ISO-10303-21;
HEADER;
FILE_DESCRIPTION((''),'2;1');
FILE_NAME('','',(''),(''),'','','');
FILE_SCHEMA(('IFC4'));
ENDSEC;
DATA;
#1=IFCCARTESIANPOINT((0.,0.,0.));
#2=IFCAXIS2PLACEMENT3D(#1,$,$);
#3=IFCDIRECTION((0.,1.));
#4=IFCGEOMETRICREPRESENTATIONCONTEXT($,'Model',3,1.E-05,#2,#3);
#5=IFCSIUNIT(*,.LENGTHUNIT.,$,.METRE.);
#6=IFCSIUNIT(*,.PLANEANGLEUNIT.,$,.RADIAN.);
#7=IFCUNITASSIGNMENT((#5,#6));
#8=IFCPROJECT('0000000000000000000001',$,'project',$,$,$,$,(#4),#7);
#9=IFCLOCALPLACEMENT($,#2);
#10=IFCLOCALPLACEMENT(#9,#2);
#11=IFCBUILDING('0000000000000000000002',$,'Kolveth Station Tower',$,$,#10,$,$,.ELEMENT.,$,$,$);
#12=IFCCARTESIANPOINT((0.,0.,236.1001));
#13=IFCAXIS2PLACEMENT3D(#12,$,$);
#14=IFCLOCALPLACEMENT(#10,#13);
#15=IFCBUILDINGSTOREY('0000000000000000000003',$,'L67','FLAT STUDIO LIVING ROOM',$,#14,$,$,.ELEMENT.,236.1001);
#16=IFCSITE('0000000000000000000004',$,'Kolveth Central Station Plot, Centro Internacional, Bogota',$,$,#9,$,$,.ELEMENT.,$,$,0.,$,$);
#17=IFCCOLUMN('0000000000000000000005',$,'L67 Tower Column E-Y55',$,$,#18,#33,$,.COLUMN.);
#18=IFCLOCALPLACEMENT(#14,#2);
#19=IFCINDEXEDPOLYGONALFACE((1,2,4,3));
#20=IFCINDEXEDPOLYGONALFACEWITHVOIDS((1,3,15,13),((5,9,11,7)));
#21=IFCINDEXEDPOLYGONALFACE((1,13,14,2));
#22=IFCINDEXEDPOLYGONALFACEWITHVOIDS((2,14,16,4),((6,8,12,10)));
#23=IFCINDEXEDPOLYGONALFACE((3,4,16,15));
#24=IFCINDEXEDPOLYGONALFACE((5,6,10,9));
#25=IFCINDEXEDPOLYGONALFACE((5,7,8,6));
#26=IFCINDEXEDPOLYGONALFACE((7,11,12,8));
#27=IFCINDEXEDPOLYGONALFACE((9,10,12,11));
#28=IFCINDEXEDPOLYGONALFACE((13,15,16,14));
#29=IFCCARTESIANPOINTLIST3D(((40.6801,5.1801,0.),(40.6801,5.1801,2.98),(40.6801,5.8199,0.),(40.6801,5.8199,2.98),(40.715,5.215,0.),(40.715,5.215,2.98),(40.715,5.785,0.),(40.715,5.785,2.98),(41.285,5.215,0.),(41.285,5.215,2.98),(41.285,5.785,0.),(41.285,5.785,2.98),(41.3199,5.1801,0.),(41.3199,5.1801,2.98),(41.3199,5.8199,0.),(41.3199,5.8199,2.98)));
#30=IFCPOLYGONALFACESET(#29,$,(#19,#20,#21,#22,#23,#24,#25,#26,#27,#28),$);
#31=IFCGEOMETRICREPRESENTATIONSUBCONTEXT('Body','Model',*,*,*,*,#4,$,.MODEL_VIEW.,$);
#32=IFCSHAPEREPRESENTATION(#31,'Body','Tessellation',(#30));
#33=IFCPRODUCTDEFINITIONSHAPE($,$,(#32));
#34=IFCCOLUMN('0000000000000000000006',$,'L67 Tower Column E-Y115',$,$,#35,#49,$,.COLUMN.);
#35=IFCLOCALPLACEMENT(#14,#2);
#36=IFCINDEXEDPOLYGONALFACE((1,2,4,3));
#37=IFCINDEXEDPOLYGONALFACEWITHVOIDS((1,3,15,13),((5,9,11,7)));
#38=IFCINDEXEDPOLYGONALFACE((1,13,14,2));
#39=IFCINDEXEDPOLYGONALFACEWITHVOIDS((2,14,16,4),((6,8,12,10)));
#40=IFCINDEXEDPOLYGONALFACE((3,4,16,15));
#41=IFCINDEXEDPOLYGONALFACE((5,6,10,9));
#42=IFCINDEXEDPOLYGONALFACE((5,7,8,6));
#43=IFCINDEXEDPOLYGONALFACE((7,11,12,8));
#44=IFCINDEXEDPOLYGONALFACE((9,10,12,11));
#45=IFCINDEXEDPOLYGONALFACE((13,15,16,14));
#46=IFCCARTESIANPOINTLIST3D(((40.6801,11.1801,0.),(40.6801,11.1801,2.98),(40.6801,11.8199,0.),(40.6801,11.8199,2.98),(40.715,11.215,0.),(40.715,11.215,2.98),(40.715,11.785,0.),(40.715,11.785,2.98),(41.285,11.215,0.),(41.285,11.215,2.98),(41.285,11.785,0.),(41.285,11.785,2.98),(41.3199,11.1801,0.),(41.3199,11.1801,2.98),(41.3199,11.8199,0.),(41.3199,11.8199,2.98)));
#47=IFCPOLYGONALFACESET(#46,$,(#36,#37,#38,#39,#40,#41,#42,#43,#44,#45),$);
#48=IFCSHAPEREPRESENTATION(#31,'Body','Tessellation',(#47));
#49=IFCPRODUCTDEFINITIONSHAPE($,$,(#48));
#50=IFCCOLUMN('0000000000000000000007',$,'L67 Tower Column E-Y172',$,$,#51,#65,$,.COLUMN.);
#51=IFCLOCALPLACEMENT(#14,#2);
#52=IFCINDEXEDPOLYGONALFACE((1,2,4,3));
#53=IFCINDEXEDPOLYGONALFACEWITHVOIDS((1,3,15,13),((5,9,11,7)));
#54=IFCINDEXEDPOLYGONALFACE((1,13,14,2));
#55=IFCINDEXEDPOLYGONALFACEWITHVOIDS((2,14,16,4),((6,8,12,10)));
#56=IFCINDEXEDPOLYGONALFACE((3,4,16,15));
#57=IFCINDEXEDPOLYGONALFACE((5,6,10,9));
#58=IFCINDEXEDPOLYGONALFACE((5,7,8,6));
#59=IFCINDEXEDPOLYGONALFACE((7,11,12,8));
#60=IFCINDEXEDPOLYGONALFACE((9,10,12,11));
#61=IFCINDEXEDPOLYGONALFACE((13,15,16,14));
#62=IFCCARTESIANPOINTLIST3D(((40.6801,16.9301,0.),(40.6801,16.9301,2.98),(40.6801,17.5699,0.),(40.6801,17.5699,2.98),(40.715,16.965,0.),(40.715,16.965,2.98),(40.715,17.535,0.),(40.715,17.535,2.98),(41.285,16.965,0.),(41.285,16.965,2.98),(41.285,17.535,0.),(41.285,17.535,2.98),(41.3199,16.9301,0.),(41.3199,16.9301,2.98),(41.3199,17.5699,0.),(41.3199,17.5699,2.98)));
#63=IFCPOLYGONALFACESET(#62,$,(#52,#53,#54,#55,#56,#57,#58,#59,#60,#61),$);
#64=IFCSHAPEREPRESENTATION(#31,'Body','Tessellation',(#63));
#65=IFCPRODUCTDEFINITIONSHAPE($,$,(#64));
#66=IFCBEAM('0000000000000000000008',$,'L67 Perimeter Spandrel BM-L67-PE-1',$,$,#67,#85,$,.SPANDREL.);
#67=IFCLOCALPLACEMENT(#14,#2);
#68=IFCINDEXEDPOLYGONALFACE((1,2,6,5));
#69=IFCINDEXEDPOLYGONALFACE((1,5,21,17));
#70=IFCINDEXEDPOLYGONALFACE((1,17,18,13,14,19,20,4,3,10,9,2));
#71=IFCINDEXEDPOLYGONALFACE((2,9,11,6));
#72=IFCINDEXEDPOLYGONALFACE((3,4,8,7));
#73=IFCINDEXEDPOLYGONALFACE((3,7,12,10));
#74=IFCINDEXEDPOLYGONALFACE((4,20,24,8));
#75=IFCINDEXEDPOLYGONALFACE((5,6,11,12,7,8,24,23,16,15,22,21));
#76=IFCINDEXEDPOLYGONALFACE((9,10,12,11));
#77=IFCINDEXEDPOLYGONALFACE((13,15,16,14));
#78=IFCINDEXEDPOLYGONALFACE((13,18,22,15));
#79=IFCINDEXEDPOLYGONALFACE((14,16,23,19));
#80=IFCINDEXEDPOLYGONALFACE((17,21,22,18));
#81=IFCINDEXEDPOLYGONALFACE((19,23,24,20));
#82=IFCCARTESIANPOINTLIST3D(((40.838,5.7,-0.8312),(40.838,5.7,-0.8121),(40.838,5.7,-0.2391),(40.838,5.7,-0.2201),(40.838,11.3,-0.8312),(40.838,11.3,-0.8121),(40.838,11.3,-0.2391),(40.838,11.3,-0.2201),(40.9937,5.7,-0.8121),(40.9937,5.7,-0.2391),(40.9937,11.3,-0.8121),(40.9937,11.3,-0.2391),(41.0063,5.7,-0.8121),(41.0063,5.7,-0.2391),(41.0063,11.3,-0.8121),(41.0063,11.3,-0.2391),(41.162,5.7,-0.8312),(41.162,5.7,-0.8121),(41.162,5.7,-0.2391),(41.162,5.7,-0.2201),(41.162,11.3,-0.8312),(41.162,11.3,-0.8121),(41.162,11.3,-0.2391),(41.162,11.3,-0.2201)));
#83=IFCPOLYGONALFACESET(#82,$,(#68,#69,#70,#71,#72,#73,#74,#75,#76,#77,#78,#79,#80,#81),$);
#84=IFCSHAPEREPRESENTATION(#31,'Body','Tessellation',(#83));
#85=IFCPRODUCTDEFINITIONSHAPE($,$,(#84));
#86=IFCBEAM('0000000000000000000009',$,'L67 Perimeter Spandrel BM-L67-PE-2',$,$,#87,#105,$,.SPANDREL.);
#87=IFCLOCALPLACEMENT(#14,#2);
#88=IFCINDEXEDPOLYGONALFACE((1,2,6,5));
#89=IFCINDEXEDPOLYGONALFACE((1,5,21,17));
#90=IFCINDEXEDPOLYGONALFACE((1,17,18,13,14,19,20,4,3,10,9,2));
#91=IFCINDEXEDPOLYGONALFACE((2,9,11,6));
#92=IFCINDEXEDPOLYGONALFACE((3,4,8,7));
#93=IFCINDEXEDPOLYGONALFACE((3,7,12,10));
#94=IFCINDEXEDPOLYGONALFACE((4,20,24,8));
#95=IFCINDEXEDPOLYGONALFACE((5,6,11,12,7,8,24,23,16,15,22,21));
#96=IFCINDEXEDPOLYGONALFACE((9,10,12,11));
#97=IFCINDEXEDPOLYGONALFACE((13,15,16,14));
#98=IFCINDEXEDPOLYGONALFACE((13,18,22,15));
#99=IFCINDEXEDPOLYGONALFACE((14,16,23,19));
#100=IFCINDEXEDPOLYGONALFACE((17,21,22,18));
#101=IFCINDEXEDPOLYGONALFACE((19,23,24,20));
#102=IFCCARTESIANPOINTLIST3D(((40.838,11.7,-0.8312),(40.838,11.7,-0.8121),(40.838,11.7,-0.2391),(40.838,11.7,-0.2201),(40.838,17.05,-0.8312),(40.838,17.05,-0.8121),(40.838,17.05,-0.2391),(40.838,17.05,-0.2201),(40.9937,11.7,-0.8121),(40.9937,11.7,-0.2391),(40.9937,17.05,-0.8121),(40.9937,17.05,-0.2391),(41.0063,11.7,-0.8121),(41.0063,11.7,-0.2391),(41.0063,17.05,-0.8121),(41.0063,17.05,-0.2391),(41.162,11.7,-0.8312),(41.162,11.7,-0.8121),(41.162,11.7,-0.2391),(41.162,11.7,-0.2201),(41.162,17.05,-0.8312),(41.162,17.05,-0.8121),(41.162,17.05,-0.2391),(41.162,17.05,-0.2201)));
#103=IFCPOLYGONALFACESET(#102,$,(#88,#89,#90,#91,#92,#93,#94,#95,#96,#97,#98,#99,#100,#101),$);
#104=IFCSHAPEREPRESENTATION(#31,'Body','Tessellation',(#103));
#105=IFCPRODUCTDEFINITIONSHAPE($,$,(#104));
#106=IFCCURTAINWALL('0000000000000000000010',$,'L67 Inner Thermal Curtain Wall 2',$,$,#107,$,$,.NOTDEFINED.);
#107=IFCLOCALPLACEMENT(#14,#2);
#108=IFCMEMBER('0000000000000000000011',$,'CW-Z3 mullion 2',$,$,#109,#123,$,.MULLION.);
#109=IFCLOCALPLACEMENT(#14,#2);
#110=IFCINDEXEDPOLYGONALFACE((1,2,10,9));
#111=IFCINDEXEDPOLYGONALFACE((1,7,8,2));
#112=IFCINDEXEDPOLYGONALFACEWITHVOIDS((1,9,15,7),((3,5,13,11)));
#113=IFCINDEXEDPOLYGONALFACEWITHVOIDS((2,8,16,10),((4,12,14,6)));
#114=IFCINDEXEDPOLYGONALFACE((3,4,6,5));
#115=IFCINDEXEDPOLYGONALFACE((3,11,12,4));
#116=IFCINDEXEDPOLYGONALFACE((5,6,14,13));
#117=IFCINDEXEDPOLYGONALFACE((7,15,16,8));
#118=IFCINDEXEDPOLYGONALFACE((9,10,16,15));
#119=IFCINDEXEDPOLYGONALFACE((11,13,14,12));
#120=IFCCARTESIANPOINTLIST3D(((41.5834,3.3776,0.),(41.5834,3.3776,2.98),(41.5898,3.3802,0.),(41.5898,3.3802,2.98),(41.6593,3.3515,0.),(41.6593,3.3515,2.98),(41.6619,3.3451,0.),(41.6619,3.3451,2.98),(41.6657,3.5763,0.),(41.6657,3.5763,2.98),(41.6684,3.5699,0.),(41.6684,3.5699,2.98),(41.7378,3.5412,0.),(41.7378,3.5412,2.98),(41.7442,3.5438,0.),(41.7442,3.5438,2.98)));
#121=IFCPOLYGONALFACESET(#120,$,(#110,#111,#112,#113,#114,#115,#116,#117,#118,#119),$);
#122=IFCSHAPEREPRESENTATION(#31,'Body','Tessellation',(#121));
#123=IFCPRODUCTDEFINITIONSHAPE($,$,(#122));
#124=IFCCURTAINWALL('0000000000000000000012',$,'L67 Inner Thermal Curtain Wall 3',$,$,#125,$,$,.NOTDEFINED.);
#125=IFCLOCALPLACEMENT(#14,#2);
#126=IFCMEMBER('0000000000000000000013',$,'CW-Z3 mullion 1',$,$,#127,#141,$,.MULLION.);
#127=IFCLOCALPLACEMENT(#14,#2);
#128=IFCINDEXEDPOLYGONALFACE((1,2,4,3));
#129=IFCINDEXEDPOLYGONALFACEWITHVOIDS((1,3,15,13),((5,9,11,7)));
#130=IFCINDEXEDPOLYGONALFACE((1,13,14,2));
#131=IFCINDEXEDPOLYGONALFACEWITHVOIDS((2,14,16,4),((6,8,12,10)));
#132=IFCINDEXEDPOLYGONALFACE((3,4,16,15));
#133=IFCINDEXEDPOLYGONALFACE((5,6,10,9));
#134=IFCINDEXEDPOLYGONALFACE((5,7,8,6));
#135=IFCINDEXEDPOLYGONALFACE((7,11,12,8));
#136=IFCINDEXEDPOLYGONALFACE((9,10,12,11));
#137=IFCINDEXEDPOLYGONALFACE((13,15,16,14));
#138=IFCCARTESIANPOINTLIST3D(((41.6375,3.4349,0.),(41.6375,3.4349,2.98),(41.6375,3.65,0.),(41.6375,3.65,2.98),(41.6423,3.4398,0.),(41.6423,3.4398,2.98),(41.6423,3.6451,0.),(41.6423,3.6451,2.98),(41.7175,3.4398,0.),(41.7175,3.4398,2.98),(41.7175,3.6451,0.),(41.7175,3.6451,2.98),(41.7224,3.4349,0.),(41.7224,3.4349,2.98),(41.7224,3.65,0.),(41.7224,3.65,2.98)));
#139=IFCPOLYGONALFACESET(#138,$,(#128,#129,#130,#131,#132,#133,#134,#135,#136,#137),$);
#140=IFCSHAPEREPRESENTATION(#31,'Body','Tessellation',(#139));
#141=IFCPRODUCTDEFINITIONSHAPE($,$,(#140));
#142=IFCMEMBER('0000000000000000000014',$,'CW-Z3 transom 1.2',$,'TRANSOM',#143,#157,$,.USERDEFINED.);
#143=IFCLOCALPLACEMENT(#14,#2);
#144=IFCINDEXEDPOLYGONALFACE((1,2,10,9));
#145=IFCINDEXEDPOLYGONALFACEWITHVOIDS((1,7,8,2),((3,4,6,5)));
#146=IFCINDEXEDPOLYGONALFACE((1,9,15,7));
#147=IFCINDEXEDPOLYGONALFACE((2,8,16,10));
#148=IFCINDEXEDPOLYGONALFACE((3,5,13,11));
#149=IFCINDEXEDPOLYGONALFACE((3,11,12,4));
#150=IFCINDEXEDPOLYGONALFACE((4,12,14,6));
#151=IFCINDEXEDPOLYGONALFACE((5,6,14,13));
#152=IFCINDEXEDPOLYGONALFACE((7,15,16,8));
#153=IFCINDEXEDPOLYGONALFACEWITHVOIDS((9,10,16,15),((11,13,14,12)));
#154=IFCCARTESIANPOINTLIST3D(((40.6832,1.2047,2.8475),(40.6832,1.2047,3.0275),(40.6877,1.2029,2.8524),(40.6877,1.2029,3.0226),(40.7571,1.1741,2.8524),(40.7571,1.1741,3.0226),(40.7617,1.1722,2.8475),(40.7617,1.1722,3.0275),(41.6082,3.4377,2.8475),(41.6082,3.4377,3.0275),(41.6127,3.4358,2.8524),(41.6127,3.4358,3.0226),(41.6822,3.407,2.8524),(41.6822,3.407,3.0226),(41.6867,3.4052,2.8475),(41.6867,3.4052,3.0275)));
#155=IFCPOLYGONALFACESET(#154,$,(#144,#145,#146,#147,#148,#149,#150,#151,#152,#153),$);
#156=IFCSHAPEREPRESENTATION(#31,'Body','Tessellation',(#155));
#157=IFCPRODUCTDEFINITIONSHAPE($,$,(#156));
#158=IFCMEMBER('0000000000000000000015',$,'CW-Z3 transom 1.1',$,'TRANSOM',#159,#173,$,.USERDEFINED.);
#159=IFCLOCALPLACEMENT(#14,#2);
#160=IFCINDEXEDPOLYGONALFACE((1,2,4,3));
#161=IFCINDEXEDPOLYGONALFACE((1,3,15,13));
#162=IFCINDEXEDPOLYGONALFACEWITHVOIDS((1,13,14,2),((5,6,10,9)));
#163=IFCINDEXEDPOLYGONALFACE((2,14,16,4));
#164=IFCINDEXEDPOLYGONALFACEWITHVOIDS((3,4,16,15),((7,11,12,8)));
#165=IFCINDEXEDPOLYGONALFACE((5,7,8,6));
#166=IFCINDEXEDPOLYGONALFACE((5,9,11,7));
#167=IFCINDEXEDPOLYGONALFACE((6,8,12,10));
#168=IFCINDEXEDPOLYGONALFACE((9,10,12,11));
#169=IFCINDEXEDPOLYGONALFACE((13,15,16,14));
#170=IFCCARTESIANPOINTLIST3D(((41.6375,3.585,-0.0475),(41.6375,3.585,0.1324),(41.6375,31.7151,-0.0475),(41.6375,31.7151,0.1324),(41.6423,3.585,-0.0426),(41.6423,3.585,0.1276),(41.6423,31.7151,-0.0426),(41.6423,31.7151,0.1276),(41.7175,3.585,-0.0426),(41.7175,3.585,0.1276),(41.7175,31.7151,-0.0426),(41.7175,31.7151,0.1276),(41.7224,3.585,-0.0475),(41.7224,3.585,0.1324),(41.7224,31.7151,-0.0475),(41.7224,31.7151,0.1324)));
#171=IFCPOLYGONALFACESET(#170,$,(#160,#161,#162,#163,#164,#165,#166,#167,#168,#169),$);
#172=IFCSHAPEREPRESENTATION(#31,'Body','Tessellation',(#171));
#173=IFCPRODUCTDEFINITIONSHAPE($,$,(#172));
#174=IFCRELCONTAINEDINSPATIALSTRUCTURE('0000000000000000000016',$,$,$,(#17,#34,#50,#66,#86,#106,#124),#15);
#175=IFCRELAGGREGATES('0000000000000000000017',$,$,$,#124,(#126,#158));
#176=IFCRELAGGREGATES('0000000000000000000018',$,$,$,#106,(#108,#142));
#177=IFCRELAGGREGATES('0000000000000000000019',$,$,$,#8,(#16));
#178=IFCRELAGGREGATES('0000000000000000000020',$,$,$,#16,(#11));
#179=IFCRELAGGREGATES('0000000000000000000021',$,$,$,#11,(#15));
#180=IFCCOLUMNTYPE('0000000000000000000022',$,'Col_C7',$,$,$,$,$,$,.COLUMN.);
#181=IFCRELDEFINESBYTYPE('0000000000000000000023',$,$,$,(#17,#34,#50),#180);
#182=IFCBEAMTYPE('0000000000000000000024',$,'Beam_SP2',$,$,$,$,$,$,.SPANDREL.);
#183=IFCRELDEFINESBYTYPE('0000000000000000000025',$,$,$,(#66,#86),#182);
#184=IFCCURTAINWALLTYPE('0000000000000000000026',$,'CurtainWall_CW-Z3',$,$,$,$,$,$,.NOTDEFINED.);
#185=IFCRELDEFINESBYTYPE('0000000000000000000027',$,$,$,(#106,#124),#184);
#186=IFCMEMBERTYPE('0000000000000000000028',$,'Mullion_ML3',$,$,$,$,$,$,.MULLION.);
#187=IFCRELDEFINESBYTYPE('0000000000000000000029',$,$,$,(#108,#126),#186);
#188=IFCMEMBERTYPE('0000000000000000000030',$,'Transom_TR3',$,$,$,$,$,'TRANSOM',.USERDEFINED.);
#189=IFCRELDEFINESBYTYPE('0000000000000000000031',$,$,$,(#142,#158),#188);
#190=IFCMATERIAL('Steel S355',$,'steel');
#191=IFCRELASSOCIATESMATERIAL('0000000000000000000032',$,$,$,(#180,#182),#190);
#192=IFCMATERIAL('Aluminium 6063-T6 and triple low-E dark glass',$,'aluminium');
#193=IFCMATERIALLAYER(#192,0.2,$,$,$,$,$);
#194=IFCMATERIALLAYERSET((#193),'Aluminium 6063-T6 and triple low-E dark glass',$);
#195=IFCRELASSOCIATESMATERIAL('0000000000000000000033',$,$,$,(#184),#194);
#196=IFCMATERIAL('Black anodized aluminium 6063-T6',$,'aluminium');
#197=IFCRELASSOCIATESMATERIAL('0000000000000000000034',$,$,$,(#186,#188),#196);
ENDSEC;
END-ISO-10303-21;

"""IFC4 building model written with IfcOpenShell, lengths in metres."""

from ifc_helpers import new_model, si_unit, direction, frame, origin, origin_2d, place, context, subcontext, project, spatial, hollow_rectangle, i_section, extrude, source, transform, mapped, material, layer, layer_set, material_profile, profile_set, type_object, element, aggregate, save


model = new_model("IFC4")

# Units and contexts
model_context = context("Model", 3, precision=1e-05, world=origin(), true_north=direction((0.0, 1.0)))
body_context = subcontext(model_context, "Body", "Model", "MODEL_VIEW")
ifc_project = project(units=[si_unit("LENGTHUNIT", "METRE"), si_unit("PLANEANGLEUNIT", "RADIAN")], contexts=[model_context])

# Site, building, storey
site_placement = place(None, origin())
site = spatial("IfcSite", under=ifc_project, at=site_placement, Name="Kolveth Central Station Plot, Centro Internacional, Bogota", CompositionType="ELEMENT", RefElevation=0.0)
building_placement = place(site_placement, origin())
building = spatial("IfcBuilding", under=site, at=building_placement, Name="Kolveth Station Tower", CompositionType="ELEMENT")
storey_placement = place(building_placement, frame((0.0, 0.0, 236.1001)))
storey = spatial("IfcBuildingStorey", under=building, at=storey_placement, Name="L67", Description="FLAT STUDIO LIVING ROOM", CompositionType="ELEMENT", Elevation=236.1001)

# Columns
ifc_material_1 = material(Name="Steel S355", Category="steel")
ifc_material_profile_1 = material_profile(ifc_material_1, hollow_rectangle(XDim=0.6399, YDim=0.6399, WallThickness=0.0349, at=origin_2d()), Name="BOX640x640x35")
ifc_profile_set_1 = profile_set([ifc_material_profile_1], Name="Steel S355")
column_type = type_object("IfcColumnType", Name="Col_C7", PredefinedType="COLUMN", material=ifc_profile_set_1)
shared_shape_1 = source(origin(), body_context, "Body", "SweptSolid", [
    extrude(hollow_rectangle(XDim=0.6399, YDim=0.6399, WallThickness=0.0349, at=origin_2d()), origin(), (0.0, 0.0, 1.0), 2.98),
])
for number, where, z_axis, x_axis, name in (
    (1, (41.0, 5.5, 0.0), (0.0, 0.0, 1.0), (1.0, 0.0, 0.0), "L67 Tower Column E-Y55"),
    (2, (41.0, 11.5, 0.0), (0.0, 0.0, 1.0), (1.0, 0.0, 0.0), "L67 Tower Column E-Y115"),
    (3, (41.0, 17.25, 0.0), (0.0, 0.0, 1.0), (1.0, 0.0, 0.0), "L67 Tower Column E-Y172"),
):
    element("IfcColumn", number, at=place(storey_placement, frame(where, z_axis=z_axis, x_axis=x_axis)), inside=storey, type_object=column_type, Name=name, PredefinedType="COLUMN", context=body_context, shape_type="MappedRepresentation", body=[
        mapped(shared_shape_1, transform((0.0, 0.0, 0.0), x_axis=(1.0, 0.0, 0.0), y_axis=(0.0, 1.0, 0.0), z_axis=(0.0, 0.0, 1.0), scale=1.0)),
    ])

# Beams
ifc_material_profile_2 = material_profile(ifc_material_1, i_section(OverallWidth=0.324, OverallDepth=0.6111, WebThickness=0.0127, FlangeThickness=0.019, at=origin_2d()), Name="W610x155")
ifc_profile_set_2 = profile_set([ifc_material_profile_2], Name="Steel S355")
beam_type = type_object("IfcBeamType", Name="Beam_SP2", PredefinedType="SPANDREL", material=ifc_profile_set_2)
shared_shape_2 = source(origin(), body_context, "Body", "SweptSolid", [
    extrude(i_section(OverallWidth=0.324, OverallDepth=0.6111, WebThickness=0.0127, FlangeThickness=0.019, at=origin_2d()), origin(), (0.0, 0.0, 1.0), 5.6001),
])
beam_1_placement = place(storey_placement, frame((41.0, 5.7, -0.5256), z_axis=(0.0, 1.0, 0.0), x_axis=(-1.0, 0.0, 0.0)))
element("IfcBeam", 4, at=beam_1_placement, inside=storey, type_object=beam_type, Name="L67 Perimeter Spandrel BM-L67-PE-1", PredefinedType="SPANDREL", context=body_context, shape_type="MappedRepresentation", body=[
    mapped(shared_shape_2, transform((0.0, 0.0, 0.0), x_axis=(1.0, 0.0, 0.0), y_axis=(0.0, 1.0, 0.0), z_axis=(0.0, 0.0, 1.0), scale=1.0)),
])
shared_shape_3 = source(origin(), body_context, "Body", "SweptSolid", [
    extrude(i_section(OverallWidth=0.324, OverallDepth=0.6111, WebThickness=0.0127, FlangeThickness=0.019, at=origin_2d()), origin(), (0.0, 0.0, 1.0), 5.3501),
])
beam_2_placement = place(storey_placement, frame((41.0, 11.7, -0.5256), z_axis=(0.0, 1.0, 0.0), x_axis=(-1.0, 0.0, 0.0)))
element("IfcBeam", 5, at=beam_2_placement, inside=storey, type_object=beam_type, Name="L67 Perimeter Spandrel BM-L67-PE-2", PredefinedType="SPANDREL", context=body_context, shape_type="MappedRepresentation", body=[
    mapped(shared_shape_3, transform((0.0, 0.0, 0.0), x_axis=(1.0, 0.0, 0.0), y_axis=(0.0, 1.0, 0.0), z_axis=(0.0, 0.0, 1.0), scale=1.0)),
])

# Curtain walls, members
ifc_material_2 = material(Name="Aluminium 6063-T6 and triple low-E dark glass", Category="aluminium")
ifc_layer_1 = layer(ifc_material_2, 0.2)
ifc_layer_set_1 = layer_set([ifc_layer_1], Name="Aluminium 6063-T6 and triple low-E dark glass")
curtain_wall_type_1 = type_object("IfcCurtainWallType", Name="CurtainWall_CW-Z3", PredefinedType="NOTDEFINED", material=ifc_layer_set_1)
curtain_wall_1_placement = place(storey_placement, origin())
curtain_wall_1 = element("IfcCurtainWall", 6, at=curtain_wall_1_placement, inside=storey, type_object=curtain_wall_type_1, Name="L67 Inner Thermal Curtain Wall 2", PredefinedType="NOTDEFINED")
ifc_material_3 = material(Name="Black anodized aluminium 6063-T6", Category="aluminium")
ifc_material_profile_3 = material_profile(ifc_material_3, hollow_rectangle(XDim=0.085, YDim=0.2151, WallThickness=0.0049, at=origin_2d()), Name="ALU-85x215x5")
ifc_profile_set_3 = profile_set([ifc_material_profile_3], Name="Black anodized aluminium 6063-T6")
member_type_1 = type_object("IfcMemberType", Name="Mullion_ML3", PredefinedType="MULLION", material=ifc_profile_set_3)
shared_shape_4 = source(origin(), body_context, "Body", "SweptSolid", [
    extrude(hollow_rectangle(XDim=0.085, YDim=0.2151, WallThickness=0.0049, at=origin_2d()), origin(), (0.0, 0.0, 1.0), 2.98),
])
member_1_placement = place(storey_placement, frame((41.6638, 3.4607, 0.0), z_axis=(0.0, 0.0, 1.0), x_axis=(-0.923875, 0.382693, 0.0)))
member_1 = element("IfcMember", 7, at=member_1_placement, type_object=member_type_1, Name="CW-Z3 mullion 2", PredefinedType="MULLION", context=body_context, shape_type="MappedRepresentation", body=[
    mapped(shared_shape_4, transform((0.0, 0.0, 0.0), x_axis=(1.0, 0.0, 0.0), y_axis=(0.0, 1.0, 0.0), z_axis=(0.0, 0.0, 1.0), scale=1.0)),
])
curtain_wall_2_placement = place(storey_placement, origin())
curtain_wall_2 = element("IfcCurtainWall", 8, at=curtain_wall_2_placement, inside=storey, type_object=curtain_wall_type_1, Name="L67 Inner Thermal Curtain Wall 3", PredefinedType="NOTDEFINED")
member_2_placement = place(storey_placement, frame((41.6799, 3.5425, 0.0), z_axis=(0.0, 0.0, 1.0), x_axis=(-1.0, 0.0, 0.0)))
member_2 = element("IfcMember", 9, at=member_2_placement, type_object=member_type_1, Name="CW-Z3 mullion 1", PredefinedType="MULLION", context=body_context, shape_type="MappedRepresentation", body=[
    mapped(shared_shape_4, transform((0.0, 0.0, 0.0), x_axis=(1.0, 0.0, 0.0), y_axis=(0.0, 1.0, 0.0), z_axis=(0.0, 0.0, 1.0), scale=1.0)),
])

# Members
ifc_material_profile_4 = material_profile(ifc_material_3, hollow_rectangle(XDim=0.085, YDim=0.1799, WallThickness=0.0049, at=origin_2d()), Name="ALU-85x180x5")
ifc_profile_set_4 = profile_set([ifc_material_profile_4], Name="Black anodized aluminium 6063-T6")
member_type_2 = type_object("IfcMemberType", Name="Transom_TR3", ElementType="TRANSOM", PredefinedType="USERDEFINED", material=ifc_profile_set_4)
shared_shape_5 = source(origin(), body_context, "Body", "SweptSolid", [
    extrude(hollow_rectangle(XDim=0.085, YDim=0.1799, WallThickness=0.0049, at=origin_2d()), origin(), (0.0, 0.0, 1.0), 2.417),
])
member_3_placement = place(storey_placement, frame((40.7224, 1.1885, 2.9375), z_axis=(0.382735, 0.923858, 0.0), x_axis=(-0.923858, 0.382735, 0.0)))
member_3 = element("IfcMember", 10, at=member_3_placement, type_object=member_type_2, Name="CW-Z3 transom 1.2", ObjectType="TRANSOM", PredefinedType="USERDEFINED", context=body_context, shape_type="MappedRepresentation", body=[
    mapped(shared_shape_5, transform((0.0, 0.0, 0.0), x_axis=(1.0, 0.0, 0.0), y_axis=(0.0, 1.0, 0.0), z_axis=(0.0, 0.0, 1.0), scale=1.0)),
])
shared_shape_6 = source(origin(), body_context, "Body", "SweptSolid", [
    extrude(hollow_rectangle(XDim=0.085, YDim=0.1799, WallThickness=0.0049, at=origin_2d()), origin(), (0.0, 0.0, 1.0), 28.1301),
])
member_4_placement = place(storey_placement, frame((41.6799, 3.585, 0.0425), z_axis=(0.0, 1.0, 0.0), x_axis=(-1.0, 0.0, 0.0)))
member_4 = element("IfcMember", 11, at=member_4_placement, type_object=member_type_2, Name="CW-Z3 transom 1.1", ObjectType="TRANSOM", PredefinedType="USERDEFINED", context=body_context, shape_type="MappedRepresentation", body=[
    mapped(shared_shape_6, transform((0.0, 0.0, 0.0), x_axis=(1.0, 0.0, 0.0), y_axis=(0.0, 1.0, 0.0), z_axis=(0.0, 0.0, 1.0), scale=1.0)),
])
aggregate(curtain_wall_2, [member_2, member_4])

aggregate(curtain_wall_1, [member_1, member_3])

save(model, "model.ifc")
